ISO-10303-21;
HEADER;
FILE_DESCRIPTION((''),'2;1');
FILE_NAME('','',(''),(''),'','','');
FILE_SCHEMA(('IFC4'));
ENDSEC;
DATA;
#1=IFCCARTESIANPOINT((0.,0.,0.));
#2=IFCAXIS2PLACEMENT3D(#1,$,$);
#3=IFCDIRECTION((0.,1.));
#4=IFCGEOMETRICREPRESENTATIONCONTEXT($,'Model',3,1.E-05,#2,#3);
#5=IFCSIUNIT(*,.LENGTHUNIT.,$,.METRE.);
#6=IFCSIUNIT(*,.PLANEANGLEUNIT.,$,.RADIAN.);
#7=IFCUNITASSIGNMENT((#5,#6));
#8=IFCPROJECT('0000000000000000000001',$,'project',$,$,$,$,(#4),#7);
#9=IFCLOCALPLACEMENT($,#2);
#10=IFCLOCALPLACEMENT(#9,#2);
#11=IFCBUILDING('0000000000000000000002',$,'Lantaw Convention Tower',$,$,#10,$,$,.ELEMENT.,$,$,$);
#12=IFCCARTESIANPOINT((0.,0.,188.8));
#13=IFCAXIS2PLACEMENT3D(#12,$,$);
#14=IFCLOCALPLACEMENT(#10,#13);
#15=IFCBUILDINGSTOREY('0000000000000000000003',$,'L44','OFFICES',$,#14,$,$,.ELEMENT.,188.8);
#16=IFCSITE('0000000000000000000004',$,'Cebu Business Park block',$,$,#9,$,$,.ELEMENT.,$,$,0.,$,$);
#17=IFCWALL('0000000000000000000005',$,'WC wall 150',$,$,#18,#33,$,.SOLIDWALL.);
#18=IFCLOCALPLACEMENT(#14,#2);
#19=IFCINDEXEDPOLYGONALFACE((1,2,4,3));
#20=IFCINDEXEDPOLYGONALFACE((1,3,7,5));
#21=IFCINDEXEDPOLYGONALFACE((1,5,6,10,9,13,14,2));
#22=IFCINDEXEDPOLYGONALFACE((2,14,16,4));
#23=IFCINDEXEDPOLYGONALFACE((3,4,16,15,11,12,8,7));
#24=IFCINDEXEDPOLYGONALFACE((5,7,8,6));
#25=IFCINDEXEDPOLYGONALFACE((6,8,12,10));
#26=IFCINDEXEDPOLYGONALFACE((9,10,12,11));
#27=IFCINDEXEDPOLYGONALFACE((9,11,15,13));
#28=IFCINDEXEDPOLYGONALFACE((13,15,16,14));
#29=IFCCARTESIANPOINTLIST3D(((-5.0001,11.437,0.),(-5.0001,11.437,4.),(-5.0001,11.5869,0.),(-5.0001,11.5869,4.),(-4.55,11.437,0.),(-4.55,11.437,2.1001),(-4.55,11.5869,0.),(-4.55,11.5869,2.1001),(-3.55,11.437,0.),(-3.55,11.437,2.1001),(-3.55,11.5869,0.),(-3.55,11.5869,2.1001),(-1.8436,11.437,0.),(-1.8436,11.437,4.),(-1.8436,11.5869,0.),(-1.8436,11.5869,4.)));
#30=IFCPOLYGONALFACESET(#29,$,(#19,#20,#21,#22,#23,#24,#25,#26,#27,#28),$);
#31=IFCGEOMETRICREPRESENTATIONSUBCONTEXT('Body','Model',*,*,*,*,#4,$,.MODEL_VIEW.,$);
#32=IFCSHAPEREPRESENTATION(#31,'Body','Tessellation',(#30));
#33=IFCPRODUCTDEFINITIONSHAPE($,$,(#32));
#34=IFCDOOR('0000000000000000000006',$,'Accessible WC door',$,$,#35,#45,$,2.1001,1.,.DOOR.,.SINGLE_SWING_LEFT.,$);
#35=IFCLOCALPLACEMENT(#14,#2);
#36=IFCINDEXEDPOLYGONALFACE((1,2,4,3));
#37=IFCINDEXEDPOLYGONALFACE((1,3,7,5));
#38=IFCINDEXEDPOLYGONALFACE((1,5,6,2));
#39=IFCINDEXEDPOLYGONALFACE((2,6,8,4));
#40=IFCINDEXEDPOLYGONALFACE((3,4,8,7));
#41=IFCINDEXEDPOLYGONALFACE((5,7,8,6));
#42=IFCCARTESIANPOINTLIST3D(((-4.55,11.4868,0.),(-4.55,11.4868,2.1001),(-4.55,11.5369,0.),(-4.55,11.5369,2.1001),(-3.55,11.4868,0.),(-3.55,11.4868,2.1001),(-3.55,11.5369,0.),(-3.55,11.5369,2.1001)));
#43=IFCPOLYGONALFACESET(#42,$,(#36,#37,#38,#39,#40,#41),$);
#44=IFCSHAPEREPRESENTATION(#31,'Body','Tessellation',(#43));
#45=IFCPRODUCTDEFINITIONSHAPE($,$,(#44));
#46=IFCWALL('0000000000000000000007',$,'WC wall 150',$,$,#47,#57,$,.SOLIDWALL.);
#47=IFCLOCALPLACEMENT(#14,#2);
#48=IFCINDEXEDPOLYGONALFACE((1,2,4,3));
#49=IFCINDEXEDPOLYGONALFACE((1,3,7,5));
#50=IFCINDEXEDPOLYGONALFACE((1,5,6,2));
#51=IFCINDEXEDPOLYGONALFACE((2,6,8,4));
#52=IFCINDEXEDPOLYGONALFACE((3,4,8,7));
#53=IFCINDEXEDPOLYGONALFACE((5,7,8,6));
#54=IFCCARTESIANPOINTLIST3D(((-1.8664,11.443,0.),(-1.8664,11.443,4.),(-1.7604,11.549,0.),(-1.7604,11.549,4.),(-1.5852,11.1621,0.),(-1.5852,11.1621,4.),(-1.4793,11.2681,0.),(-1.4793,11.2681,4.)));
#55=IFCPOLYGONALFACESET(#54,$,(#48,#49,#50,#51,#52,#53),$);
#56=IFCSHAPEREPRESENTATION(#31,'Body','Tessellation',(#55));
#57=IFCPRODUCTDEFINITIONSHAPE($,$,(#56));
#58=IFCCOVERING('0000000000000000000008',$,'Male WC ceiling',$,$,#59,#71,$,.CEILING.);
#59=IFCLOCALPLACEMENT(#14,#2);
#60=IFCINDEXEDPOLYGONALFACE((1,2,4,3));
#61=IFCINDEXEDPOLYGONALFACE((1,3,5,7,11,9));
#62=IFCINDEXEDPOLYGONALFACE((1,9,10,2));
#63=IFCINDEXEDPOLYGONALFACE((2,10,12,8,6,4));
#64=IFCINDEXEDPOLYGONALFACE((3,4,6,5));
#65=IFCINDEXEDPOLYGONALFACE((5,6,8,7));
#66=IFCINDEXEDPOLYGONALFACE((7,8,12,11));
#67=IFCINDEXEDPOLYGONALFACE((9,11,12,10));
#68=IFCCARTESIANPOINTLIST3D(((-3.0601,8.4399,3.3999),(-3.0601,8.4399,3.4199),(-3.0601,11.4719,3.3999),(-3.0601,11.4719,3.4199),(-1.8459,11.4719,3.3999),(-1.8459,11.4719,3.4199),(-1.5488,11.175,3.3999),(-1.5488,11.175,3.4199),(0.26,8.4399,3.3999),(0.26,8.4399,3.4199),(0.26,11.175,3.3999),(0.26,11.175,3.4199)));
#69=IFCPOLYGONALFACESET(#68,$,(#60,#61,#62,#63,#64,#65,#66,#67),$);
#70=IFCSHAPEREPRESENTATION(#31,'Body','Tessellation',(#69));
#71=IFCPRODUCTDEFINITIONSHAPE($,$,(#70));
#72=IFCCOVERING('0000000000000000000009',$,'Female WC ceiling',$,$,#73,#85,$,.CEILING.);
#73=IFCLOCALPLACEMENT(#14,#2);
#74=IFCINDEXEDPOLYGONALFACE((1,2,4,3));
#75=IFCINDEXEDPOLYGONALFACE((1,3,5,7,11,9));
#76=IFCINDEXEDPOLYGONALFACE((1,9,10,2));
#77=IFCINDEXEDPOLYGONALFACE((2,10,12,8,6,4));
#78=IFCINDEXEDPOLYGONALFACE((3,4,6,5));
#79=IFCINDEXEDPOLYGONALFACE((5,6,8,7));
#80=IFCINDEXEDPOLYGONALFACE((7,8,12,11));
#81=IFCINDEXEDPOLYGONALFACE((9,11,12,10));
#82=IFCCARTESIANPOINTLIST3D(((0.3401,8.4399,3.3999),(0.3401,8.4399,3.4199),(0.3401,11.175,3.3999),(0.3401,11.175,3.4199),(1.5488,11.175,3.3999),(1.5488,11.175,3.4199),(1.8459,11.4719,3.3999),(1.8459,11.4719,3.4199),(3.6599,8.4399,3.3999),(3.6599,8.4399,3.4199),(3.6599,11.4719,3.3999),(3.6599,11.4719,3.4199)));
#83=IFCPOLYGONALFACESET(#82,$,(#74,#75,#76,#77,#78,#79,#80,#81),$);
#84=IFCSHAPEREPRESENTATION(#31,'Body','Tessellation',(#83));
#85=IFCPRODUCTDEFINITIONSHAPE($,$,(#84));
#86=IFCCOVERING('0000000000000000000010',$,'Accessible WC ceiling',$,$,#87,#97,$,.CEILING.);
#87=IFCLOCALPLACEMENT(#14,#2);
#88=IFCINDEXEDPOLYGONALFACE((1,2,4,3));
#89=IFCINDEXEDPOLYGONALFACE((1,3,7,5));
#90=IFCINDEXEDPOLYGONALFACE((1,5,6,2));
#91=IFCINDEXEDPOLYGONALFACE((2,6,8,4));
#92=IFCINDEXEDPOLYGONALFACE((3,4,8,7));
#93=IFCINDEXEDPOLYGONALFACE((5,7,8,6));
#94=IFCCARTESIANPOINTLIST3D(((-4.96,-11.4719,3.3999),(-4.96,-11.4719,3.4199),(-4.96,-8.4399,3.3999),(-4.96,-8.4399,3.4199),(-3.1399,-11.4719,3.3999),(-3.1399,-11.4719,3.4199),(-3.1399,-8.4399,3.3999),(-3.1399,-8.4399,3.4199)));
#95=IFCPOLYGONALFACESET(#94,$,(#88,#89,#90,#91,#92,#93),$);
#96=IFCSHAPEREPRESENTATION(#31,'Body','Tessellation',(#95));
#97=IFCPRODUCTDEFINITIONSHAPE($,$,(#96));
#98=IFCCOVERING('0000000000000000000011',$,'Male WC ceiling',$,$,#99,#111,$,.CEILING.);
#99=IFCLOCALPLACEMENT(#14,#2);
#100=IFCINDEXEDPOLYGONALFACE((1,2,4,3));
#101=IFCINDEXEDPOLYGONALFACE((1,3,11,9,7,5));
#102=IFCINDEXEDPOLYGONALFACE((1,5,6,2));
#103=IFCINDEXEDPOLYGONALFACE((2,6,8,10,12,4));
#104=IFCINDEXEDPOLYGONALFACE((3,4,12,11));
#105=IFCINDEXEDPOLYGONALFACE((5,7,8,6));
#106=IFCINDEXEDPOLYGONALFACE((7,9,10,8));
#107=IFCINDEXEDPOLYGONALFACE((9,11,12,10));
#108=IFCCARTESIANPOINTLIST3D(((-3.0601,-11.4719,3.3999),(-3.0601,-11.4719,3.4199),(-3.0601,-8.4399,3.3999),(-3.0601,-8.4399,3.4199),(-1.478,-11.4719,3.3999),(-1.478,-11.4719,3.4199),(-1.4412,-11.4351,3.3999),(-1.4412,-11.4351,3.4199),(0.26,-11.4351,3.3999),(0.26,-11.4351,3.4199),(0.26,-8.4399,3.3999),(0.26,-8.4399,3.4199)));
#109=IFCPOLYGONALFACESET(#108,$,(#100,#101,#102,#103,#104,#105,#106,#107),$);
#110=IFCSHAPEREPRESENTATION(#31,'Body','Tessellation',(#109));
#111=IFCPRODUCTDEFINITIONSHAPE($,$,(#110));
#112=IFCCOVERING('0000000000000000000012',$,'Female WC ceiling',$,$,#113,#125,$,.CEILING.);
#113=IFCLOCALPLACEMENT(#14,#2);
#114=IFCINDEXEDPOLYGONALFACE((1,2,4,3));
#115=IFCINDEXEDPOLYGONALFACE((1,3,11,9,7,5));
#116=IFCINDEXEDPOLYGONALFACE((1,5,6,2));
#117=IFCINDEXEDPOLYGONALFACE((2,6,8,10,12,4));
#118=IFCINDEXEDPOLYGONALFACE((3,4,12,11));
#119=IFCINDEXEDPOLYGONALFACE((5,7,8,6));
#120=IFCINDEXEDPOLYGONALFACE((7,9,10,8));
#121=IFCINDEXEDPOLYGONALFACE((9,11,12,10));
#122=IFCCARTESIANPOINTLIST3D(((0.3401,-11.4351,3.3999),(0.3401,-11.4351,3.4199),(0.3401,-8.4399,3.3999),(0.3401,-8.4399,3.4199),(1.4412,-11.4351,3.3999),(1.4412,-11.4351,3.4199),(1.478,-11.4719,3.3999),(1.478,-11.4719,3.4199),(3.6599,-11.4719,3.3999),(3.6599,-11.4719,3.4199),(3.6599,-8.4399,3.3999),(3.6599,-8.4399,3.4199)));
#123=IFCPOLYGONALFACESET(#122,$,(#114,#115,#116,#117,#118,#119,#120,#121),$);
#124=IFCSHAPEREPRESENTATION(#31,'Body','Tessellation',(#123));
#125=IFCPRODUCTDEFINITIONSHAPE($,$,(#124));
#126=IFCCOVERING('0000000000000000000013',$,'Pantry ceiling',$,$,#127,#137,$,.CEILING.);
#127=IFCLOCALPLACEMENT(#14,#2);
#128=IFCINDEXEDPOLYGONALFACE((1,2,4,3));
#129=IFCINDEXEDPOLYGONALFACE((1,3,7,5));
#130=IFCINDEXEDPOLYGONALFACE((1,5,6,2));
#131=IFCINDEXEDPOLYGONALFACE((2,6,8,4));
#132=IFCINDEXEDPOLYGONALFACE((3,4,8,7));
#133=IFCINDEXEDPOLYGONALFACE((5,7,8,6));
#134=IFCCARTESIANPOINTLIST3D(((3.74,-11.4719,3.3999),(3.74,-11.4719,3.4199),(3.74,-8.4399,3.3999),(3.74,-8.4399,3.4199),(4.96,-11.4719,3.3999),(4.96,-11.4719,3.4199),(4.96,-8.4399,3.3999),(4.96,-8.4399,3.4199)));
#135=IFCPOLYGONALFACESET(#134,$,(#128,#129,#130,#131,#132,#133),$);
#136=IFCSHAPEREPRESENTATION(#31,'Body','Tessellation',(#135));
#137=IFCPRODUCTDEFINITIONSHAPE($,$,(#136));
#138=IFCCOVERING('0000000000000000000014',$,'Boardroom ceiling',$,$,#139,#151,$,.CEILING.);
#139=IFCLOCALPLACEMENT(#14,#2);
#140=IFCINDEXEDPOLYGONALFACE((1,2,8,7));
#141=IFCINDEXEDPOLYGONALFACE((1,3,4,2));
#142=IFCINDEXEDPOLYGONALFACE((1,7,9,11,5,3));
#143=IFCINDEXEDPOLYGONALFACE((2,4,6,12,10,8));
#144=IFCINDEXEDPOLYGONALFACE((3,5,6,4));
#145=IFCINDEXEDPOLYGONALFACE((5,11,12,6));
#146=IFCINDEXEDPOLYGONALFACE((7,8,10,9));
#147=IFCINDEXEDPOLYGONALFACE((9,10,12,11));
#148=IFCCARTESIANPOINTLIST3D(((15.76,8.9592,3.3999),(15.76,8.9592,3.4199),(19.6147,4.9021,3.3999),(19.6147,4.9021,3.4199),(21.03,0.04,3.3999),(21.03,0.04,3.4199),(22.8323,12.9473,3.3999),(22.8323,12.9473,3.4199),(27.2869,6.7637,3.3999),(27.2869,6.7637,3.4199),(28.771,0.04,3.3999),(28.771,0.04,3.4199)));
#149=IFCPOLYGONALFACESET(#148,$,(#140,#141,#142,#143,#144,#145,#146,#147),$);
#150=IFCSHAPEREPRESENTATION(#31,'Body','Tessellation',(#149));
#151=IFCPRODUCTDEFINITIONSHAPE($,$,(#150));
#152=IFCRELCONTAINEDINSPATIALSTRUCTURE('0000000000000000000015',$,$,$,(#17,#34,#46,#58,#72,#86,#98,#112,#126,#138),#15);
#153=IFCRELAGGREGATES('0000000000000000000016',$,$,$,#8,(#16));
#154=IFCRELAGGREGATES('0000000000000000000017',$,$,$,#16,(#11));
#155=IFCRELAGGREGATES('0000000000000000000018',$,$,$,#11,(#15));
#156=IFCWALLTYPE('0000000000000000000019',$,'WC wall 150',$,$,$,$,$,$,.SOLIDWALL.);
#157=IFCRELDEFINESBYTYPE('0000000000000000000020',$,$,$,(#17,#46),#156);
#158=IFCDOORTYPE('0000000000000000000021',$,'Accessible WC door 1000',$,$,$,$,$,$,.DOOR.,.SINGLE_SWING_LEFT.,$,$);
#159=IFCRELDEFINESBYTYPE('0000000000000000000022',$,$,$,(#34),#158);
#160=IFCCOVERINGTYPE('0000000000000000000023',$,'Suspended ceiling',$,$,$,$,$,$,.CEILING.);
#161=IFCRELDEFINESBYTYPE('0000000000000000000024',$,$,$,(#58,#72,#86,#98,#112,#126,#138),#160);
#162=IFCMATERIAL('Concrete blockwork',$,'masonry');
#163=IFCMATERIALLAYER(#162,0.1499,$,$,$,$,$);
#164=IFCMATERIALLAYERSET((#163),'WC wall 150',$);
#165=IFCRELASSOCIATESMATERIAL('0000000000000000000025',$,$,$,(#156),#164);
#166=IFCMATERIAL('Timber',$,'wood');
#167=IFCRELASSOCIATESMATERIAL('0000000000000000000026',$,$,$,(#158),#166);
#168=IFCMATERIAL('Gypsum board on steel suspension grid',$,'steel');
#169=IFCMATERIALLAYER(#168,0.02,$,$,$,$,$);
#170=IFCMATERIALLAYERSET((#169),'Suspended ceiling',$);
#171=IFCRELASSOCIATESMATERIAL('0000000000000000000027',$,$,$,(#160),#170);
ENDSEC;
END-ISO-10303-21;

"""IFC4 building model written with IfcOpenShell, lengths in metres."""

from ifc_helpers import new_model, si_unit, direction, frame, frame_2d, origin, place, context, subcontext, project, spatial, polyline, rectangle, outline, extrude, material, layer, layer_set, type_object, element, fill, save


model = new_model("IFC4")

# Units and contexts
model_context = context("Model", 3, precision=1e-05, world=origin(), true_north=direction((0.0, 1.0)))
body_context = subcontext(model_context, "Body", "Model", "MODEL_VIEW")
ifc_project = project(units=[si_unit("LENGTHUNIT", "METRE"), si_unit("PLANEANGLEUNIT", "RADIAN")], contexts=[model_context])

# Site, building, storey
site_placement = place(None, origin())
site = spatial("IfcSite", under=ifc_project, at=site_placement, Name="Cebu Business Park block", CompositionType="ELEMENT", RefElevation=0.0)
building_placement = place(site_placement, origin())
building = spatial("IfcBuilding", under=site, at=building_placement, Name="Lantaw Convention Tower", CompositionType="ELEMENT")
storey_placement = place(building_placement, frame((0.0, 0.0, 188.8)))
storey = spatial("IfcBuildingStorey", under=building, at=storey_placement, Name="L44", Description="OFFICES", CompositionType="ELEMENT", Elevation=188.8)

# Shared definitions
ifc_material_1 = material(Name="Concrete blockwork", Category="masonry")
ifc_layer_1 = layer(ifc_material_1, 0.1499)
ifc_layer_set_1 = layer_set([ifc_layer_1], Name="WC wall 150")
wall_type_1 = type_object("IfcWallType", Name="WC wall 150", PredefinedType="SOLIDWALL", material=ifc_layer_set_1)

# Wall, opening, door
wall_1_placement = place(storey_placement, frame((-5.0, 11.512, 0.0), z_axis=(0.0, 0.0, 1.0), x_axis=(1.0, 0.0, 0.0)))
wall_1 = element("IfcWall", 1, at=wall_1_placement, inside=storey, type_object=wall_type_1, Name="WC wall 150", PredefinedType="SOLIDWALL", context=body_context, shape_type="SweptSolid", body=[
    extrude(rectangle(XDim=3.1565, YDim=0.1499, at=frame_2d((1.5781, 0.0))), origin(), (0.0, 0.0, 1.0), 4.0),
])
opening_1_placement = place(wall_1_placement, frame((0.45, 0.0, 0.0)))
opening_1 = element("IfcOpeningElement", 2, at=opening_1_placement, cuts=wall_1, PredefinedType="OPENING", context=body_context, shape_type="SweptSolid", body=[
    extrude(rectangle(XDim=1.0, YDim=2.1001, at=frame_2d((0.5, 1.05))), frame((0.0, 0.085, 0.0), z_axis=(0.0, -1.0, 0.0), x_axis=(1.0, 0.0, 0.0)), (0.0, 0.0, 1.0), 0.1699),
])
ifc_material_2 = material(Name="Timber", Category="wood")
door_type_1 = type_object("IfcDoorType", Name="Accessible WC door 1000", OperationType="SINGLE_SWING_LEFT", PredefinedType="DOOR", material=ifc_material_2)
door_1_placement = place(opening_1_placement, origin())
door_1 = element("IfcDoor", 3, at=door_1_placement, inside=storey, type_object=door_type_1, Name="Accessible WC door", OperationType="SINGLE_SWING_LEFT", OverallHeight=2.1001, OverallWidth=1.0, PredefinedType="DOOR", context=body_context, shape_type="SweptSolid", body=[
    extrude(rectangle(XDim=1.0, YDim=2.1001, at=frame_2d((0.5, 1.05))), frame((0.0, 0.0249, 0.0), z_axis=(0.0, -1.0, 0.0), x_axis=(1.0, 0.0, 0.0)), (0.0, 0.0, 1.0), 0.05),
])
fill(opening_1, door_1)

# Wall
wall_2_placement = place(storey_placement, frame((-1.5322, 11.2151, 0.0), z_axis=(0.0, 0.0, 1.0), x_axis=(-0.707414, 0.7068, 0.0)))
element("IfcWall", 4, at=wall_2_placement, inside=storey, type_object=wall_type_1, Name="WC wall 150", PredefinedType="SOLIDWALL", context=body_context, shape_type="SweptSolid", body=[
    extrude(rectangle(XDim=0.3975, YDim=0.1499, at=frame_2d((0.1987, 0.0))), origin(), (0.0, 0.0, 1.0), 4.0),
])

# Coverings
ifc_material_3 = material(Name="Gypsum board on steel suspension grid", Category="steel")
ifc_layer_2 = layer(ifc_material_3, 0.02)
ifc_layer_set_2 = layer_set([ifc_layer_2], Name="Suspended ceiling")
covering_type = type_object("IfcCoveringType", Name="Suspended ceiling", PredefinedType="CEILING", material=ifc_layer_set_2)
covering_1_placement = place(storey_placement, frame((0.0, 0.0, 3.3999)))
element("IfcCovering", 5, at=covering_1_placement, inside=storey, type_object=covering_type, Name="Male WC ceiling", PredefinedType="CEILING", context=body_context, shape_type="SweptSolid", body=[
    extrude(outline(polyline([(-3.0601, 11.4719), (-3.0601, 8.4399), (0.26, 8.4399), (0.26, 11.175), (-1.5488, 11.175), (-1.8459, 11.4719), (-3.0601, 11.4719)])), origin(), (0.0, 0.0, 1.0), 0.02),
])
covering_2_placement = place(storey_placement, frame((0.0, 0.0, 3.3999)))
element("IfcCovering", 6, at=covering_2_placement, inside=storey, type_object=covering_type, Name="Female WC ceiling", PredefinedType="CEILING", context=body_context, shape_type="SweptSolid", body=[
    extrude(outline(polyline([(0.3401, 11.175), (0.3401, 8.4399), (3.6599, 8.4399), (3.6599, 11.4719), (1.8459, 11.4719), (1.5488, 11.175), (0.3401, 11.175)])), origin(), (0.0, 0.0, 1.0), 0.02),
])
covering_3_placement = place(storey_placement, frame((0.0, 0.0, 3.3999)))
element("IfcCovering", 7, at=covering_3_placement, inside=storey, type_object=covering_type, Name="Accessible WC ceiling", PredefinedType="CEILING", context=body_context, shape_type="SweptSolid", body=[
    extrude(outline(polyline([(-4.96, -11.4719), (-3.1399, -11.4719), (-3.1399, -8.4399), (-4.96, -8.4399), (-4.96, -11.4719)])), origin(), (0.0, 0.0, 1.0), 0.02),
])
covering_4_placement = place(storey_placement, frame((0.0, 0.0, 3.3999)))
element("IfcCovering", 8, at=covering_4_placement, inside=storey, type_object=covering_type, Name="Male WC ceiling", PredefinedType="CEILING", context=body_context, shape_type="SweptSolid", body=[
    extrude(outline(polyline([(-3.0601, -8.4399), (-3.0601, -11.4719), (-1.478, -11.4719), (-1.4412, -11.4351), (0.26, -11.4351), (0.26, -8.4399), (-3.0601, -8.4399)])), origin(), (0.0, 0.0, 1.0), 0.02),
])
covering_5_placement = place(storey_placement, frame((0.0, 0.0, 3.3999)))
element("IfcCovering", 9, at=covering_5_placement, inside=storey, type_object=covering_type, Name="Female WC ceiling", PredefinedType="CEILING", context=body_context, shape_type="SweptSolid", body=[
    extrude(outline(polyline([(0.3401, -8.4399), (0.3401, -11.4351), (1.4412, -11.4351), (1.478, -11.4719), (3.6599, -11.4719), (3.6599, -8.4399), (0.3401, -8.4399)])), origin(), (0.0, 0.0, 1.0), 0.02),
])
covering_6_placement = place(storey_placement, frame((0.0, 0.0, 3.3999)))
element("IfcCovering", 10, at=covering_6_placement, inside=storey, type_object=covering_type, Name="Pantry ceiling", PredefinedType="CEILING", context=body_context, shape_type="SweptSolid", body=[
    extrude(outline(polyline([(3.74, -11.4719), (4.96, -11.4719), (4.96, -8.4399), (3.74, -8.4399), (3.74, -11.4719)])), origin(), (0.0, 0.0, 1.0), 0.02),
])
covering_7_placement = place(storey_placement, frame((0.0, 0.0, 3.3999)))
element("IfcCovering", 11, at=covering_7_placement, inside=storey, type_object=covering_type, Name="Boardroom ceiling", PredefinedType="CEILING", context=body_context, shape_type="SweptSolid", body=[
    extrude(outline(polyline([(21.03, 0.04), (28.771, 0.04), (27.2869, 6.7637), (22.8323, 12.9473), (15.76, 8.9592), (19.6147, 4.9021), (21.03, 0.04)])), origin(), (0.0, 0.0, 1.0), 0.02),
])

save(model, "model.ifc")
